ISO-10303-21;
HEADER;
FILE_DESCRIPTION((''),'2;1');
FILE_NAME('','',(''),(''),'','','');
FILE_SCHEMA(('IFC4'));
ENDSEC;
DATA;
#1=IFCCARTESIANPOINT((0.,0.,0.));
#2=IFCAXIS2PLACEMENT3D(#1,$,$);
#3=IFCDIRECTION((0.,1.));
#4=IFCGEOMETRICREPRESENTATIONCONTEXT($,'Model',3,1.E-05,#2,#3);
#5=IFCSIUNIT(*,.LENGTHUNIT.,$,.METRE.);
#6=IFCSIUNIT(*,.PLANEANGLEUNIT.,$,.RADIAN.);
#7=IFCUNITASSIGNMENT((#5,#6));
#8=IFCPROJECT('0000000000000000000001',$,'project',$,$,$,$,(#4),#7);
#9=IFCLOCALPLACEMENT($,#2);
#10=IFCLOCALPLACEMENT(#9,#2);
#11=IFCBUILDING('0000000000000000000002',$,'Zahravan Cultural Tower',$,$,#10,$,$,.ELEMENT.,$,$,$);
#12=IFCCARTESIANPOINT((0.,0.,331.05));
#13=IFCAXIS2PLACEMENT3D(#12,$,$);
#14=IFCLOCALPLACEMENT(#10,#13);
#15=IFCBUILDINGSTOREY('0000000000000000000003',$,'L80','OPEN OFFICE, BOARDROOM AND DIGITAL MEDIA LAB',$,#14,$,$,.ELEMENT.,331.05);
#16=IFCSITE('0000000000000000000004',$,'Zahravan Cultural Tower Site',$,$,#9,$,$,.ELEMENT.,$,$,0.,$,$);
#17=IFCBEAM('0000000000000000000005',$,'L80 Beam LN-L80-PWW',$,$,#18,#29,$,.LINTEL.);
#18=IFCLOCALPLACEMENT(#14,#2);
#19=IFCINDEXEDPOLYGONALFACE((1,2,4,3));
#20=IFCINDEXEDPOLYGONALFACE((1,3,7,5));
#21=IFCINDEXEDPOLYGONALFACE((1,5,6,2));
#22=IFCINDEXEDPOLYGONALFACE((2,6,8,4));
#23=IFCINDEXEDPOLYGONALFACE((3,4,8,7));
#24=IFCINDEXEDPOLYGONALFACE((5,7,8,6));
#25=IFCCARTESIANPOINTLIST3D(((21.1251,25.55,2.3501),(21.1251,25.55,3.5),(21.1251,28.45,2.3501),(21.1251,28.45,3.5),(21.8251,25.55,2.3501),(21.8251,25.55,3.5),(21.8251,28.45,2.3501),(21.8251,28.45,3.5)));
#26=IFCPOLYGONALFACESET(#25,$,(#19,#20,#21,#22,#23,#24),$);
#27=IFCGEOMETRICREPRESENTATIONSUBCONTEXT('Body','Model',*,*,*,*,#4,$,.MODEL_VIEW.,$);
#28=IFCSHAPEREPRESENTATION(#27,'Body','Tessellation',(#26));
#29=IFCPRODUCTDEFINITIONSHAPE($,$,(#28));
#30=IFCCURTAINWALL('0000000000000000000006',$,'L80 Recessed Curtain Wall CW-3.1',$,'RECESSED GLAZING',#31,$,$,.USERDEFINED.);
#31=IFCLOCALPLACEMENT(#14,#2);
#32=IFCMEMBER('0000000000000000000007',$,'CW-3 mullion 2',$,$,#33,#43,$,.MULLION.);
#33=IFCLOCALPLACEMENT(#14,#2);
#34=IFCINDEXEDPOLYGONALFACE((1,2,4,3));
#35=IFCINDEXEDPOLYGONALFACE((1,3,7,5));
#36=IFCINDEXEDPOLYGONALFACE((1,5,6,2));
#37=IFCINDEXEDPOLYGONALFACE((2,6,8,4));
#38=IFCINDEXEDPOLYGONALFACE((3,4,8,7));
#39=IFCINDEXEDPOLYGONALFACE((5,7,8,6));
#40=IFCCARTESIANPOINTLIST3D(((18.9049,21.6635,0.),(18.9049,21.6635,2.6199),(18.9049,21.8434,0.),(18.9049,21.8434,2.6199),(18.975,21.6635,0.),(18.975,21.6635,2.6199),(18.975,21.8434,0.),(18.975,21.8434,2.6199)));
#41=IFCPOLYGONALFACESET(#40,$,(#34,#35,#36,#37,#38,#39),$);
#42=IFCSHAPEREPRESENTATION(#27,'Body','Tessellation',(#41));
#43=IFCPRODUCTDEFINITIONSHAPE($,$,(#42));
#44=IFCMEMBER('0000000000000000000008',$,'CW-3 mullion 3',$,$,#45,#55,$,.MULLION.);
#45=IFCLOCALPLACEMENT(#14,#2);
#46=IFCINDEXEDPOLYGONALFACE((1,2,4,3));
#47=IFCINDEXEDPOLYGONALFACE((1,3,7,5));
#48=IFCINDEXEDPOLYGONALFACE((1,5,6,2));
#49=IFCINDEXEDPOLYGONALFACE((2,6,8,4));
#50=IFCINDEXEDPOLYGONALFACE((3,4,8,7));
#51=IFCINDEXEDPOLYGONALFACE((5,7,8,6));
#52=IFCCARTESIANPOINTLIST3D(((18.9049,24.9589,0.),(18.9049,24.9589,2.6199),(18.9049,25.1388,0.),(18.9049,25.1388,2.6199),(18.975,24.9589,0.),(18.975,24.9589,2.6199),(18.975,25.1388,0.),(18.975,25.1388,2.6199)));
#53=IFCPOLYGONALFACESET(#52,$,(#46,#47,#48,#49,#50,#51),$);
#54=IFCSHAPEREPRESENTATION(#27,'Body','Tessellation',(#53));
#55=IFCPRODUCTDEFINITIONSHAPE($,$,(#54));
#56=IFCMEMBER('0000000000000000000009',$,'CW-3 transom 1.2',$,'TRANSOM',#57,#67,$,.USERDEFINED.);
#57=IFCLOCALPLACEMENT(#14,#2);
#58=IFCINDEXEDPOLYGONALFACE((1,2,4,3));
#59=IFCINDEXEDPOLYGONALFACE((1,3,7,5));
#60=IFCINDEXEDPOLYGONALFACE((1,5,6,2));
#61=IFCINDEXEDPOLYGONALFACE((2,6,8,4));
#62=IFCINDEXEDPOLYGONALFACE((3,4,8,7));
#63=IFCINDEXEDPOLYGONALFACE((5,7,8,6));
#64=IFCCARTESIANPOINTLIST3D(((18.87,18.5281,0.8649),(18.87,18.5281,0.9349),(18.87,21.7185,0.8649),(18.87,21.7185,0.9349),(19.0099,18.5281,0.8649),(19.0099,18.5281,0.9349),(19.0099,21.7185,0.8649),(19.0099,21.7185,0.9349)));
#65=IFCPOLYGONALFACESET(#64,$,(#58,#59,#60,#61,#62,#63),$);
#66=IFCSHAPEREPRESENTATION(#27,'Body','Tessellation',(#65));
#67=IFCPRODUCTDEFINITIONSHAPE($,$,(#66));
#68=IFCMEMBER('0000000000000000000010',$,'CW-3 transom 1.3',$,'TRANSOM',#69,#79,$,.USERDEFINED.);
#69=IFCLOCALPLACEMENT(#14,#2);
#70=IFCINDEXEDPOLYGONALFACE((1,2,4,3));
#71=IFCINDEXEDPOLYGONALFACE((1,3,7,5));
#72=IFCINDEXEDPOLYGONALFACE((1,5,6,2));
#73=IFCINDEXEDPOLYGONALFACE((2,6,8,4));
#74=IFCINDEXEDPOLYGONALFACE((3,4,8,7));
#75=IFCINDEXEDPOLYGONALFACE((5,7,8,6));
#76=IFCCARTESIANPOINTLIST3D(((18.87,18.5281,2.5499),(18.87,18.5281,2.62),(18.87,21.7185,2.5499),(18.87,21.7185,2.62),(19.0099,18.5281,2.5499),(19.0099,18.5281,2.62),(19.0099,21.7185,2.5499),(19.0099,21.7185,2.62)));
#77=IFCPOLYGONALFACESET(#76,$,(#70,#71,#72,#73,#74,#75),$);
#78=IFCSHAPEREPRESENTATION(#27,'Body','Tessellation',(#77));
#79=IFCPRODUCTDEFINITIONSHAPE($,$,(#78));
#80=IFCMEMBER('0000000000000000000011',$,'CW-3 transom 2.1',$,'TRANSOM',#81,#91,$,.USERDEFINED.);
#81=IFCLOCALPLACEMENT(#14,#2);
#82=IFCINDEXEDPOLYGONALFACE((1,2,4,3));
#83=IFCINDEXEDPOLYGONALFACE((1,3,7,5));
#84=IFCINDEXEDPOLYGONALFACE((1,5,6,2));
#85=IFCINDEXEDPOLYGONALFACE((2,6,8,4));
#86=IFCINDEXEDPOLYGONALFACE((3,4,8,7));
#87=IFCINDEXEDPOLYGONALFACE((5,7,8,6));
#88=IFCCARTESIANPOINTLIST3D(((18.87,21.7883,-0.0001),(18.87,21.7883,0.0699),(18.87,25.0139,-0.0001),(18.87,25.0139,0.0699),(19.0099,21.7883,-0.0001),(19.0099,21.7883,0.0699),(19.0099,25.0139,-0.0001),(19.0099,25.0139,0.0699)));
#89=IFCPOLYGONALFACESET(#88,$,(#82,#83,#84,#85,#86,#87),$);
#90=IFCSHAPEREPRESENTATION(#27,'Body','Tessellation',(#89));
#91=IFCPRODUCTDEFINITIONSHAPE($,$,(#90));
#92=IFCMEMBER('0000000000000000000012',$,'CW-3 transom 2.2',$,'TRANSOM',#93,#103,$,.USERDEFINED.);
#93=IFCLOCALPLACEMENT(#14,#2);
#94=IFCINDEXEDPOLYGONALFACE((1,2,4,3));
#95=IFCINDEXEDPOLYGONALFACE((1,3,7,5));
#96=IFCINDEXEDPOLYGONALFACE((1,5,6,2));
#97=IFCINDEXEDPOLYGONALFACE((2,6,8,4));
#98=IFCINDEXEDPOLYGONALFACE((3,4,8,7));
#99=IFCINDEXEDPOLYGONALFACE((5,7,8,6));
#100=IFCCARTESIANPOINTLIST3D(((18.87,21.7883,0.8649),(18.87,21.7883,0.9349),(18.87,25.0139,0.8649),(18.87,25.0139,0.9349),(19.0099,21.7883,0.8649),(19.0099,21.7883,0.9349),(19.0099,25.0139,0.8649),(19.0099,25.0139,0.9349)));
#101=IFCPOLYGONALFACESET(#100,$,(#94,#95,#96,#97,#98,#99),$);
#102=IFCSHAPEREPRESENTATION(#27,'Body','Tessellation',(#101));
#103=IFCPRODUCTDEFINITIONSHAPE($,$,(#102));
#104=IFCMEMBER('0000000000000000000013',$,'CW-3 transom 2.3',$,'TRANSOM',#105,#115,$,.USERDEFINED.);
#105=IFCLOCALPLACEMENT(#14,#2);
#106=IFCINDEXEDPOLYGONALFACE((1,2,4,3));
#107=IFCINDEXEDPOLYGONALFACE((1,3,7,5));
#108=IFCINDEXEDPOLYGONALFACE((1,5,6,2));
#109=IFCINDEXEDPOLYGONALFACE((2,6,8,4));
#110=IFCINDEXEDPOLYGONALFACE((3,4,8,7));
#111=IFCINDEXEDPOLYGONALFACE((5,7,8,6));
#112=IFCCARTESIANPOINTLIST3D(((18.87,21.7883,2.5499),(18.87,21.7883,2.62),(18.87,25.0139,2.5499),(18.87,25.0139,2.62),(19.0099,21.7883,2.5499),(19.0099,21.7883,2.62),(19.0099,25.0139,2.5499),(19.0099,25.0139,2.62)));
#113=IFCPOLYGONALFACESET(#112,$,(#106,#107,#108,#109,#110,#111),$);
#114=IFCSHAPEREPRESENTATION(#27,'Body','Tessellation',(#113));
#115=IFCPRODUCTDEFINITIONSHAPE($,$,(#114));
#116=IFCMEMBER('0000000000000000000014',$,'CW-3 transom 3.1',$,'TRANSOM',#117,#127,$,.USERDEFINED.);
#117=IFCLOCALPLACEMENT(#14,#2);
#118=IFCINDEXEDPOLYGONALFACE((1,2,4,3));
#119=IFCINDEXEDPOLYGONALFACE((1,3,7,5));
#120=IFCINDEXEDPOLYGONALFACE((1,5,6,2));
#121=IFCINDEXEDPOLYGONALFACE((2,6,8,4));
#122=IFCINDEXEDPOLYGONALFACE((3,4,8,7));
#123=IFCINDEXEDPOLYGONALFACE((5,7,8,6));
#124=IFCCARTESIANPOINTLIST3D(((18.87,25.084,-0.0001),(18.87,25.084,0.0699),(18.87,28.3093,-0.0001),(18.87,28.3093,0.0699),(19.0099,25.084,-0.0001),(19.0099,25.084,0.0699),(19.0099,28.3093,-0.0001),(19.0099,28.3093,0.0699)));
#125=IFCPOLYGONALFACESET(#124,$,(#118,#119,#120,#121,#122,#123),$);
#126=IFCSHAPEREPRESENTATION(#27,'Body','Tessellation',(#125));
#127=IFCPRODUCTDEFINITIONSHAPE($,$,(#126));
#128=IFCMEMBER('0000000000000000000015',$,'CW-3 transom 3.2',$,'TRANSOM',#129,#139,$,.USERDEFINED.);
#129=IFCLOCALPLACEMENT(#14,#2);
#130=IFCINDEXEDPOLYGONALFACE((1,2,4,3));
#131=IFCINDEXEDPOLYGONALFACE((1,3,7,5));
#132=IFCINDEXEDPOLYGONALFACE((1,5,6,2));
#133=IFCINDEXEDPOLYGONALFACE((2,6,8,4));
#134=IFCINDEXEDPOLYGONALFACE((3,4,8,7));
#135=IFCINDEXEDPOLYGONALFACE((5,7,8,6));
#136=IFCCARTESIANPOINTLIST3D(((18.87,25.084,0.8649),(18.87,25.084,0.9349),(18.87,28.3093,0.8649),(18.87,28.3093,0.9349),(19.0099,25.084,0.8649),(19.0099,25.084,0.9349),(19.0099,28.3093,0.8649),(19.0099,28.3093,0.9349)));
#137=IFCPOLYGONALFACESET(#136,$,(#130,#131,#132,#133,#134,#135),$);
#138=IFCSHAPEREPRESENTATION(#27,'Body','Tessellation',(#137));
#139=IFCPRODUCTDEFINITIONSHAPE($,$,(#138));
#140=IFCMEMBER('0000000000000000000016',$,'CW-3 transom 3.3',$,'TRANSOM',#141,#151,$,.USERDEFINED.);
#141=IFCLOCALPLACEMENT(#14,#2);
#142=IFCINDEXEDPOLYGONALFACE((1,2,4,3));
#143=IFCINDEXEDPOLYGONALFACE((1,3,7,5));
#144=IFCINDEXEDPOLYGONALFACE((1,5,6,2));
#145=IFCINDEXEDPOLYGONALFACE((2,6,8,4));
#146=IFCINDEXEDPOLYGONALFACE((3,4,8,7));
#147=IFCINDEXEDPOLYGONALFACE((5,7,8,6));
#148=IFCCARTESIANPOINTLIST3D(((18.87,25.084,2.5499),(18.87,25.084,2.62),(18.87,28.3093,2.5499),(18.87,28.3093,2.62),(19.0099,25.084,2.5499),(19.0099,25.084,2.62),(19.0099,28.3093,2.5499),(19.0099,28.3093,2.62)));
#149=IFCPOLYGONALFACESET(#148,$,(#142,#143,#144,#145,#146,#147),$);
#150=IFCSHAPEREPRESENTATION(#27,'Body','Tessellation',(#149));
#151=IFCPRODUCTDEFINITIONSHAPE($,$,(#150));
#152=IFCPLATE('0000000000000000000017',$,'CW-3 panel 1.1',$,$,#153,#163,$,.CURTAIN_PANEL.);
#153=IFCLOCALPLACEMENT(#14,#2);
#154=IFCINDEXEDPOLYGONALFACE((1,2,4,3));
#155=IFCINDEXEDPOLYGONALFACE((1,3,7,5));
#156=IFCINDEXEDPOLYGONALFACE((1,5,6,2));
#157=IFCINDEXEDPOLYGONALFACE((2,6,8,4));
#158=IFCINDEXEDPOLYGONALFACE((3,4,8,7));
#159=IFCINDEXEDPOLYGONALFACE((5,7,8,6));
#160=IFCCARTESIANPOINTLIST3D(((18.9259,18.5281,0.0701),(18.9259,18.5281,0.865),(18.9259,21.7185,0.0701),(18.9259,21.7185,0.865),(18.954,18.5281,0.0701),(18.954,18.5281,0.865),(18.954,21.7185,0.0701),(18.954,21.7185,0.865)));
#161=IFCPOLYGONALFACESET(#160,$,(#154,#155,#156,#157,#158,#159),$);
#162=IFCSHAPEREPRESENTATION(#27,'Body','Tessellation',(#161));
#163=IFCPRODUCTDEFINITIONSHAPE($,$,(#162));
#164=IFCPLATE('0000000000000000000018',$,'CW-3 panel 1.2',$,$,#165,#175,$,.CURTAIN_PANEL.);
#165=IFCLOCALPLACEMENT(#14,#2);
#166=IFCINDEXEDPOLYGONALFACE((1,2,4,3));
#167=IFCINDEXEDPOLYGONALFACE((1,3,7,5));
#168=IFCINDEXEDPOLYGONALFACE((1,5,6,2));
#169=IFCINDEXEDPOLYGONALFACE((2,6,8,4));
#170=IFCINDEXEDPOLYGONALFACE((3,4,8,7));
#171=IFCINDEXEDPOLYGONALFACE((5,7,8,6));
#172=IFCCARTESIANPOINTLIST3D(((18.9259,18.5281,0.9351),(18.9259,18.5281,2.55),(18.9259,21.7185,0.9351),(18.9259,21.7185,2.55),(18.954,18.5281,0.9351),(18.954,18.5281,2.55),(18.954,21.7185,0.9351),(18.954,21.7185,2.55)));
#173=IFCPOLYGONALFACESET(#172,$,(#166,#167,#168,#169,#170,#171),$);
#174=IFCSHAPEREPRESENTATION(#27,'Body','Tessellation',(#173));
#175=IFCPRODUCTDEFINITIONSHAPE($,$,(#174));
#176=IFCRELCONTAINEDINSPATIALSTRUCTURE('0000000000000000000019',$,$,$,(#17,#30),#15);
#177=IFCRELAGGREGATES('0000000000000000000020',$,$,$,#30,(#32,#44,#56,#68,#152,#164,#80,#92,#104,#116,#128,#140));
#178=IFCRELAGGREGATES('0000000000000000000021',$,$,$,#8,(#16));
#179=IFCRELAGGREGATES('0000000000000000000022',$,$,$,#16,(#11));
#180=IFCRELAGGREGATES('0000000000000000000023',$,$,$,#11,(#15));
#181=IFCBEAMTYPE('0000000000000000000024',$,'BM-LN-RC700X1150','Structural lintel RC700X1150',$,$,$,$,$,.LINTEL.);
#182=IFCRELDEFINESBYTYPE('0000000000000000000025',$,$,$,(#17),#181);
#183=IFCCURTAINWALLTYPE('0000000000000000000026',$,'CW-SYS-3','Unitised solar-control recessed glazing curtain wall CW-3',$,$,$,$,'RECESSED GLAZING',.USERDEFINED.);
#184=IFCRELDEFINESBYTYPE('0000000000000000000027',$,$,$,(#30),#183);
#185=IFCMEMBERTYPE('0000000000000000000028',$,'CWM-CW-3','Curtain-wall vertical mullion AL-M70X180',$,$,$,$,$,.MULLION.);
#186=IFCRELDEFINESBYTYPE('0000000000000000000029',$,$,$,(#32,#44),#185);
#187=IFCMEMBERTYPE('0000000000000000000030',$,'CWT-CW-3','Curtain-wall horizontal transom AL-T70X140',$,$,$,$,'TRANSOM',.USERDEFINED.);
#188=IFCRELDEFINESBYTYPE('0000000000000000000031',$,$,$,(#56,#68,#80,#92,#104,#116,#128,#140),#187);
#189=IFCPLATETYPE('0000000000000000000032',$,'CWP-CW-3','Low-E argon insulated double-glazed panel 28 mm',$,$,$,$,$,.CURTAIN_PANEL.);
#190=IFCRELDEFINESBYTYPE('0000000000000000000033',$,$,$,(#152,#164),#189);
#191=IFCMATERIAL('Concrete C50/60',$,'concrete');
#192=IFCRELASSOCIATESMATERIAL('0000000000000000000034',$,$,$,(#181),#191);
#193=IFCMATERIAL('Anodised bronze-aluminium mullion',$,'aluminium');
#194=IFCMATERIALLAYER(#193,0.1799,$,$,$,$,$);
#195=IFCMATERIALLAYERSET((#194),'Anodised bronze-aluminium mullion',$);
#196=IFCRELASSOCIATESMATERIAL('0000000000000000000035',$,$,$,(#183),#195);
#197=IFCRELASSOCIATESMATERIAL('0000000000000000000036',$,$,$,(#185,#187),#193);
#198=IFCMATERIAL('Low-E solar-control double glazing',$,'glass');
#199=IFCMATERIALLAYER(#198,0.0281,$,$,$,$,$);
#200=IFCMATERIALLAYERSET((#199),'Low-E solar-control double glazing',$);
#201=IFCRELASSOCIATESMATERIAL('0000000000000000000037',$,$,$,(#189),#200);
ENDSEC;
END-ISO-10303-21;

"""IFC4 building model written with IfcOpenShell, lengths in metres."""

from ifc_helpers import new_model, si_unit, direction, frame, origin, origin_2d, place, context, subcontext, project, spatial, rectangle, extrude, source, transform, mapped, material, layer, layer_set, material_profile, profile_set, type_object, element, aggregate, save


model = new_model("IFC4")

# Units and contexts
model_context = context("Model", 3, precision=1e-05, world=origin(), true_north=direction((0.0, 1.0)))
body_context = subcontext(model_context, "Body", "Model", "MODEL_VIEW")
ifc_project = project(units=[si_unit("LENGTHUNIT", "METRE"), si_unit("PLANEANGLEUNIT", "RADIAN")], contexts=[model_context])

# Site, building, storey
site_placement = place(None, origin())
site = spatial("IfcSite", under=ifc_project, at=site_placement, Name="Zahravan Cultural Tower Site", CompositionType="ELEMENT", RefElevation=0.0)
building_placement = place(site_placement, origin())
building = spatial("IfcBuilding", under=site, at=building_placement, Name="Zahravan Cultural Tower", CompositionType="ELEMENT")
storey_placement = place(building_placement, frame((0.0, 0.0, 331.05)))
storey = spatial("IfcBuildingStorey", under=building, at=storey_placement, Name="L80", Description="OPEN OFFICE, BOARDROOM AND DIGITAL MEDIA LAB", CompositionType="ELEMENT", Elevation=331.05)

# Beam
ifc_material_1 = material(Name="Concrete C50/60", Category="concrete")
ifc_material_profile_1 = material_profile(ifc_material_1, rectangle(XDim=0.7, YDim=1.1499, at=origin_2d()), Name="RC700X1150")
ifc_profile_set_1 = profile_set([ifc_material_profile_1], Name="Concrete C50/60")
beam_type = type_object("IfcBeamType", Name="BM-LN-RC700X1150", Description="Structural lintel RC700X1150", PredefinedType="LINTEL", material=ifc_profile_set_1)
shared_shape_1 = source(origin(), body_context, "Body", "SweptSolid", [
    extrude(rectangle(XDim=0.7, YDim=1.1499, at=origin_2d()), origin(), (0.0, 0.0, 1.0), 2.8999),
])
beam_placement = place(storey_placement, frame((21.4751, 25.55, 2.925), z_axis=(0.0, 1.0, 0.0), x_axis=(-1.0, 0.0, 0.0)))
element("IfcBeam", 1, at=beam_placement, inside=storey, type_object=beam_type, Name="L80 Beam LN-L80-PWW", PredefinedType="LINTEL", context=body_context, shape_type="MappedRepresentation", body=[
    mapped(shared_shape_1, transform((0.0, 0.0, 0.0), x_axis=(1.0, 0.0, 0.0), y_axis=(0.0, 1.0, 0.0), z_axis=(0.0, 0.0, 1.0), scale=1.0)),
])

# Curtain wall, members, plates
ifc_material_2 = material(Name="Anodised bronze-aluminium mullion", Category="aluminium")
ifc_layer_1 = layer(ifc_material_2, 0.1799)
ifc_layer_set_1 = layer_set([ifc_layer_1], Name="Anodised bronze-aluminium mullion")
curtain_wall_type = type_object("IfcCurtainWallType", Name="CW-SYS-3", Description="Unitised solar-control recessed glazing curtain wall CW-3", ElementType="RECESSED GLAZING", PredefinedType="USERDEFINED", material=ifc_layer_set_1)
curtain_wall_placement = place(storey_placement, origin())
curtain_wall = element("IfcCurtainWall", 2, at=curtain_wall_placement, inside=storey, type_object=curtain_wall_type, Name="L80 Recessed Curtain Wall CW-3.1", ObjectType="RECESSED GLAZING", PredefinedType="USERDEFINED")
ifc_material_profile_2 = material_profile(ifc_material_2, rectangle(XDim=0.0701, YDim=0.1799, at=origin_2d()), Name="AL-M70X180")
ifc_profile_set_2 = profile_set([ifc_material_profile_2], Name="Anodised bronze-aluminium mullion")
member_type_1 = type_object("IfcMemberType", Name="CWM-CW-3", Description="Curtain-wall vertical mullion AL-M70X180", PredefinedType="MULLION", material=ifc_profile_set_2)
shared_shape_2 = source(origin(), body_context, "Body", "SweptSolid", [
    extrude(rectangle(XDim=0.0701, YDim=0.1799, at=origin_2d()), origin(), (0.0, 0.0, 1.0), 2.6199),
])
member_1_placement = place(storey_placement, frame((18.9399, 21.7534, 0.0), z_axis=(0.0, 0.0, 1.0), x_axis=(-1.0, 0.0, 0.0)))
member_1 = element("IfcMember", 3, at=member_1_placement, type_object=member_type_1, Name="CW-3 mullion 2", PredefinedType="MULLION", context=body_context, shape_type="MappedRepresentation", body=[
    mapped(shared_shape_2, transform((0.0, 0.0, 0.0), x_axis=(1.0, 0.0, 0.0), y_axis=(0.0, 1.0, 0.0), z_axis=(0.0, 0.0, 1.0), scale=1.0)),
])
member_2_placement = place(storey_placement, frame((18.9399, 25.0488, 0.0), z_axis=(0.0, 0.0, 1.0), x_axis=(-1.0, 0.0, 0.0)))
member_2 = element("IfcMember", 4, at=member_2_placement, type_object=member_type_1, Name="CW-3 mullion 3", PredefinedType="MULLION", context=body_context, shape_type="MappedRepresentation", body=[
    mapped(shared_shape_2, transform((0.0, 0.0, 0.0), x_axis=(1.0, 0.0, 0.0), y_axis=(0.0, 1.0, 0.0), z_axis=(0.0, 0.0, 1.0), scale=1.0)),
])
ifc_material_profile_3 = material_profile(ifc_material_2, rectangle(XDim=0.1399, YDim=0.0701, at=origin_2d()), Name="AL-T70X140")
ifc_profile_set_3 = profile_set([ifc_material_profile_3], Name="Anodised bronze-aluminium mullion")
member_type_2 = type_object("IfcMemberType", Name="CWT-CW-3", Description="Curtain-wall horizontal transom AL-T70X140", ElementType="TRANSOM", PredefinedType="USERDEFINED", material=ifc_profile_set_3)
shared_shape_3 = source(origin(), body_context, "Body", "SweptSolid", [
    extrude(rectangle(XDim=0.1399, YDim=0.0701, at=origin_2d()), origin(), (0.0, 0.0, 1.0), 3.1904),
])
member_3_placement = place(storey_placement, frame((18.9399, 18.5281, 0.8999), z_axis=(0.0, 1.0, 0.0), x_axis=(-1.0, 0.0, 0.0)))
member_3 = element("IfcMember", 5, at=member_3_placement, type_object=member_type_2, Name="CW-3 transom 1.2", ObjectType="TRANSOM", PredefinedType="USERDEFINED", context=body_context, shape_type="MappedRepresentation", body=[
    mapped(shared_shape_3, transform((0.0, 0.0, 0.0), x_axis=(1.0, 0.0, 0.0), y_axis=(0.0, 1.0, 0.0), z_axis=(0.0, 0.0, 1.0), scale=1.0)),
])
member_4_placement = place(storey_placement, frame((18.9399, 18.5281, 2.585), z_axis=(0.0, 1.0, 0.0), x_axis=(-1.0, 0.0, 0.0)))
member_4 = element("IfcMember", 6, at=member_4_placement, type_object=member_type_2, Name="CW-3 transom 1.3", ObjectType="TRANSOM", PredefinedType="USERDEFINED", context=body_context, shape_type="MappedRepresentation", body=[
    mapped(shared_shape_3, transform((0.0, 0.0, 0.0), x_axis=(1.0, 0.0, 0.0), y_axis=(0.0, 1.0, 0.0), z_axis=(0.0, 0.0, 1.0), scale=1.0)),
])
shared_shape_4 = source(origin(), body_context, "Body", "SweptSolid", [
    extrude(rectangle(XDim=0.1399, YDim=0.0701, at=origin_2d()), origin(), (0.0, 0.0, 1.0), 3.2256),
])
member_5_placement = place(storey_placement, frame((18.9399, 21.7883, 0.0349), z_axis=(0.0, 1.0, 0.0), x_axis=(-1.0, 0.0, 0.0)))
member_5 = element("IfcMember", 7, at=member_5_placement, type_object=member_type_2, Name="CW-3 transom 2.1", ObjectType="TRANSOM", PredefinedType="USERDEFINED", context=body_context, shape_type="MappedRepresentation", body=[
    mapped(shared_shape_4, transform((0.0, 0.0, 0.0), x_axis=(1.0, 0.0, 0.0), y_axis=(0.0, 1.0, 0.0), z_axis=(0.0, 0.0, 1.0), scale=1.0)),
])
member_6_placement = place(storey_placement, frame((18.9399, 21.7883, 0.8999), z_axis=(0.0, 1.0, 0.0), x_axis=(-1.0, 0.0, 0.0)))
member_6 = element("IfcMember", 8, at=member_6_placement, type_object=member_type_2, Name="CW-3 transom 2.2", ObjectType="TRANSOM", PredefinedType="USERDEFINED", context=body_context, shape_type="MappedRepresentation", body=[
    mapped(shared_shape_4, transform((0.0, 0.0, 0.0), x_axis=(1.0, 0.0, 0.0), y_axis=(0.0, 1.0, 0.0), z_axis=(0.0, 0.0, 1.0), scale=1.0)),
])
member_7_placement = place(storey_placement, frame((18.9399, 21.7883, 2.585), z_axis=(0.0, 1.0, 0.0), x_axis=(-1.0, 0.0, 0.0)))
member_7 = element("IfcMember", 9, at=member_7_placement, type_object=member_type_2, Name="CW-3 transom 2.3", ObjectType="TRANSOM", PredefinedType="USERDEFINED", context=body_context, shape_type="MappedRepresentation", body=[
    mapped(shared_shape_4, transform((0.0, 0.0, 0.0), x_axis=(1.0, 0.0, 0.0), y_axis=(0.0, 1.0, 0.0), z_axis=(0.0, 0.0, 1.0), scale=1.0)),
])
shared_shape_5 = source(origin(), body_context, "Body", "SweptSolid", [
    extrude(rectangle(XDim=0.1399, YDim=0.0701, at=origin_2d()), origin(), (0.0, 0.0, 1.0), 3.2253),
])
member_8_placement = place(storey_placement, frame((18.9399, 25.084, 0.0349), z_axis=(0.0, 1.0, 0.0), x_axis=(-1.0, 0.0, 0.0)))
member_8 = element("IfcMember", 10, at=member_8_placement, type_object=member_type_2, Name="CW-3 transom 3.1", ObjectType="TRANSOM", PredefinedType="USERDEFINED", context=body_context, shape_type="MappedRepresentation", body=[
    mapped(shared_shape_5, transform((0.0, 0.0, 0.0), x_axis=(1.0, 0.0, 0.0), y_axis=(0.0, 1.0, 0.0), z_axis=(0.0, 0.0, 1.0), scale=1.0)),
])
member_9_placement = place(storey_placement, frame((18.9399, 25.084, 0.8999), z_axis=(0.0, 1.0, 0.0), x_axis=(-1.0, 0.0, 0.0)))
member_9 = element("IfcMember", 11, at=member_9_placement, type_object=member_type_2, Name="CW-3 transom 3.2", ObjectType="TRANSOM", PredefinedType="USERDEFINED", context=body_context, shape_type="MappedRepresentation", body=[
    mapped(shared_shape_5, transform((0.0, 0.0, 0.0), x_axis=(1.0, 0.0, 0.0), y_axis=(0.0, 1.0, 0.0), z_axis=(0.0, 0.0, 1.0), scale=1.0)),
])
member_10_placement = place(storey_placement, frame((18.9399, 25.084, 2.585), z_axis=(0.0, 1.0, 0.0), x_axis=(-1.0, 0.0, 0.0)))
member_10 = element("IfcMember", 12, at=member_10_placement, type_object=member_type_2, Name="CW-3 transom 3.3", ObjectType="TRANSOM", PredefinedType="USERDEFINED", context=body_context, shape_type="MappedRepresentation", body=[
    mapped(shared_shape_5, transform((0.0, 0.0, 0.0), x_axis=(1.0, 0.0, 0.0), y_axis=(0.0, 1.0, 0.0), z_axis=(0.0, 0.0, 1.0), scale=1.0)),
])
ifc_material_3 = material(Name="Low-E solar-control double glazing", Category="glass")
ifc_layer_2 = layer(ifc_material_3, 0.0281)
ifc_layer_set_2 = layer_set([ifc_layer_2], Name="Low-E solar-control double glazing")
plate_type = type_object("IfcPlateType", Name="CWP-CW-3", Description="Low-E argon insulated double-glazed panel 28 mm", PredefinedType="CURTAIN_PANEL", material=ifc_layer_set_2)
shared_shape_6 = source(origin(), body_context, "Body", "SweptSolid", [
    extrude(rectangle(XDim=3.1904, YDim=0.0281, at=origin_2d()), origin(), (0.0, 0.0, 1.0), 0.7949),
])
plate_1_placement = place(storey_placement, frame((18.9399, 20.1233, 0.0701), z_axis=(0.0, 0.0, 1.0), x_axis=(0.0, 1.0, 0.0)))
plate_1 = element("IfcPlate", 13, at=plate_1_placement, type_object=plate_type, Name="CW-3 panel 1.1", PredefinedType="CURTAIN_PANEL", context=body_context, shape_type="MappedRepresentation", body=[
    mapped(shared_shape_6, transform((0.0, 0.0, 0.0), x_axis=(1.0, 0.0, 0.0), y_axis=(0.0, 1.0, 0.0), z_axis=(0.0, 0.0, 1.0), scale=1.0)),
])
shared_shape_7 = source(origin(), body_context, "Body", "SweptSolid", [
    extrude(rectangle(XDim=3.1904, YDim=0.0281, at=origin_2d()), origin(), (0.0, 0.0, 1.0), 1.615),
])
plate_2_placement = place(storey_placement, frame((18.9399, 20.1233, 0.9351), z_axis=(0.0, 0.0, 1.0), x_axis=(0.0, 1.0, 0.0)))
plate_2 = element("IfcPlate", 14, at=plate_2_placement, type_object=plate_type, Name="CW-3 panel 1.2", PredefinedType="CURTAIN_PANEL", context=body_context, shape_type="MappedRepresentation", body=[
    mapped(shared_shape_7, transform((0.0, 0.0, 0.0), x_axis=(1.0, 0.0, 0.0), y_axis=(0.0, 1.0, 0.0), z_axis=(0.0, 0.0, 1.0), scale=1.0)),
])
aggregate(curtain_wall, [member_1, member_2, member_3, member_4, plate_1, plate_2, member_5, member_6, member_7, member_8, member_9, member_10])

save(model, "model.ifc")
